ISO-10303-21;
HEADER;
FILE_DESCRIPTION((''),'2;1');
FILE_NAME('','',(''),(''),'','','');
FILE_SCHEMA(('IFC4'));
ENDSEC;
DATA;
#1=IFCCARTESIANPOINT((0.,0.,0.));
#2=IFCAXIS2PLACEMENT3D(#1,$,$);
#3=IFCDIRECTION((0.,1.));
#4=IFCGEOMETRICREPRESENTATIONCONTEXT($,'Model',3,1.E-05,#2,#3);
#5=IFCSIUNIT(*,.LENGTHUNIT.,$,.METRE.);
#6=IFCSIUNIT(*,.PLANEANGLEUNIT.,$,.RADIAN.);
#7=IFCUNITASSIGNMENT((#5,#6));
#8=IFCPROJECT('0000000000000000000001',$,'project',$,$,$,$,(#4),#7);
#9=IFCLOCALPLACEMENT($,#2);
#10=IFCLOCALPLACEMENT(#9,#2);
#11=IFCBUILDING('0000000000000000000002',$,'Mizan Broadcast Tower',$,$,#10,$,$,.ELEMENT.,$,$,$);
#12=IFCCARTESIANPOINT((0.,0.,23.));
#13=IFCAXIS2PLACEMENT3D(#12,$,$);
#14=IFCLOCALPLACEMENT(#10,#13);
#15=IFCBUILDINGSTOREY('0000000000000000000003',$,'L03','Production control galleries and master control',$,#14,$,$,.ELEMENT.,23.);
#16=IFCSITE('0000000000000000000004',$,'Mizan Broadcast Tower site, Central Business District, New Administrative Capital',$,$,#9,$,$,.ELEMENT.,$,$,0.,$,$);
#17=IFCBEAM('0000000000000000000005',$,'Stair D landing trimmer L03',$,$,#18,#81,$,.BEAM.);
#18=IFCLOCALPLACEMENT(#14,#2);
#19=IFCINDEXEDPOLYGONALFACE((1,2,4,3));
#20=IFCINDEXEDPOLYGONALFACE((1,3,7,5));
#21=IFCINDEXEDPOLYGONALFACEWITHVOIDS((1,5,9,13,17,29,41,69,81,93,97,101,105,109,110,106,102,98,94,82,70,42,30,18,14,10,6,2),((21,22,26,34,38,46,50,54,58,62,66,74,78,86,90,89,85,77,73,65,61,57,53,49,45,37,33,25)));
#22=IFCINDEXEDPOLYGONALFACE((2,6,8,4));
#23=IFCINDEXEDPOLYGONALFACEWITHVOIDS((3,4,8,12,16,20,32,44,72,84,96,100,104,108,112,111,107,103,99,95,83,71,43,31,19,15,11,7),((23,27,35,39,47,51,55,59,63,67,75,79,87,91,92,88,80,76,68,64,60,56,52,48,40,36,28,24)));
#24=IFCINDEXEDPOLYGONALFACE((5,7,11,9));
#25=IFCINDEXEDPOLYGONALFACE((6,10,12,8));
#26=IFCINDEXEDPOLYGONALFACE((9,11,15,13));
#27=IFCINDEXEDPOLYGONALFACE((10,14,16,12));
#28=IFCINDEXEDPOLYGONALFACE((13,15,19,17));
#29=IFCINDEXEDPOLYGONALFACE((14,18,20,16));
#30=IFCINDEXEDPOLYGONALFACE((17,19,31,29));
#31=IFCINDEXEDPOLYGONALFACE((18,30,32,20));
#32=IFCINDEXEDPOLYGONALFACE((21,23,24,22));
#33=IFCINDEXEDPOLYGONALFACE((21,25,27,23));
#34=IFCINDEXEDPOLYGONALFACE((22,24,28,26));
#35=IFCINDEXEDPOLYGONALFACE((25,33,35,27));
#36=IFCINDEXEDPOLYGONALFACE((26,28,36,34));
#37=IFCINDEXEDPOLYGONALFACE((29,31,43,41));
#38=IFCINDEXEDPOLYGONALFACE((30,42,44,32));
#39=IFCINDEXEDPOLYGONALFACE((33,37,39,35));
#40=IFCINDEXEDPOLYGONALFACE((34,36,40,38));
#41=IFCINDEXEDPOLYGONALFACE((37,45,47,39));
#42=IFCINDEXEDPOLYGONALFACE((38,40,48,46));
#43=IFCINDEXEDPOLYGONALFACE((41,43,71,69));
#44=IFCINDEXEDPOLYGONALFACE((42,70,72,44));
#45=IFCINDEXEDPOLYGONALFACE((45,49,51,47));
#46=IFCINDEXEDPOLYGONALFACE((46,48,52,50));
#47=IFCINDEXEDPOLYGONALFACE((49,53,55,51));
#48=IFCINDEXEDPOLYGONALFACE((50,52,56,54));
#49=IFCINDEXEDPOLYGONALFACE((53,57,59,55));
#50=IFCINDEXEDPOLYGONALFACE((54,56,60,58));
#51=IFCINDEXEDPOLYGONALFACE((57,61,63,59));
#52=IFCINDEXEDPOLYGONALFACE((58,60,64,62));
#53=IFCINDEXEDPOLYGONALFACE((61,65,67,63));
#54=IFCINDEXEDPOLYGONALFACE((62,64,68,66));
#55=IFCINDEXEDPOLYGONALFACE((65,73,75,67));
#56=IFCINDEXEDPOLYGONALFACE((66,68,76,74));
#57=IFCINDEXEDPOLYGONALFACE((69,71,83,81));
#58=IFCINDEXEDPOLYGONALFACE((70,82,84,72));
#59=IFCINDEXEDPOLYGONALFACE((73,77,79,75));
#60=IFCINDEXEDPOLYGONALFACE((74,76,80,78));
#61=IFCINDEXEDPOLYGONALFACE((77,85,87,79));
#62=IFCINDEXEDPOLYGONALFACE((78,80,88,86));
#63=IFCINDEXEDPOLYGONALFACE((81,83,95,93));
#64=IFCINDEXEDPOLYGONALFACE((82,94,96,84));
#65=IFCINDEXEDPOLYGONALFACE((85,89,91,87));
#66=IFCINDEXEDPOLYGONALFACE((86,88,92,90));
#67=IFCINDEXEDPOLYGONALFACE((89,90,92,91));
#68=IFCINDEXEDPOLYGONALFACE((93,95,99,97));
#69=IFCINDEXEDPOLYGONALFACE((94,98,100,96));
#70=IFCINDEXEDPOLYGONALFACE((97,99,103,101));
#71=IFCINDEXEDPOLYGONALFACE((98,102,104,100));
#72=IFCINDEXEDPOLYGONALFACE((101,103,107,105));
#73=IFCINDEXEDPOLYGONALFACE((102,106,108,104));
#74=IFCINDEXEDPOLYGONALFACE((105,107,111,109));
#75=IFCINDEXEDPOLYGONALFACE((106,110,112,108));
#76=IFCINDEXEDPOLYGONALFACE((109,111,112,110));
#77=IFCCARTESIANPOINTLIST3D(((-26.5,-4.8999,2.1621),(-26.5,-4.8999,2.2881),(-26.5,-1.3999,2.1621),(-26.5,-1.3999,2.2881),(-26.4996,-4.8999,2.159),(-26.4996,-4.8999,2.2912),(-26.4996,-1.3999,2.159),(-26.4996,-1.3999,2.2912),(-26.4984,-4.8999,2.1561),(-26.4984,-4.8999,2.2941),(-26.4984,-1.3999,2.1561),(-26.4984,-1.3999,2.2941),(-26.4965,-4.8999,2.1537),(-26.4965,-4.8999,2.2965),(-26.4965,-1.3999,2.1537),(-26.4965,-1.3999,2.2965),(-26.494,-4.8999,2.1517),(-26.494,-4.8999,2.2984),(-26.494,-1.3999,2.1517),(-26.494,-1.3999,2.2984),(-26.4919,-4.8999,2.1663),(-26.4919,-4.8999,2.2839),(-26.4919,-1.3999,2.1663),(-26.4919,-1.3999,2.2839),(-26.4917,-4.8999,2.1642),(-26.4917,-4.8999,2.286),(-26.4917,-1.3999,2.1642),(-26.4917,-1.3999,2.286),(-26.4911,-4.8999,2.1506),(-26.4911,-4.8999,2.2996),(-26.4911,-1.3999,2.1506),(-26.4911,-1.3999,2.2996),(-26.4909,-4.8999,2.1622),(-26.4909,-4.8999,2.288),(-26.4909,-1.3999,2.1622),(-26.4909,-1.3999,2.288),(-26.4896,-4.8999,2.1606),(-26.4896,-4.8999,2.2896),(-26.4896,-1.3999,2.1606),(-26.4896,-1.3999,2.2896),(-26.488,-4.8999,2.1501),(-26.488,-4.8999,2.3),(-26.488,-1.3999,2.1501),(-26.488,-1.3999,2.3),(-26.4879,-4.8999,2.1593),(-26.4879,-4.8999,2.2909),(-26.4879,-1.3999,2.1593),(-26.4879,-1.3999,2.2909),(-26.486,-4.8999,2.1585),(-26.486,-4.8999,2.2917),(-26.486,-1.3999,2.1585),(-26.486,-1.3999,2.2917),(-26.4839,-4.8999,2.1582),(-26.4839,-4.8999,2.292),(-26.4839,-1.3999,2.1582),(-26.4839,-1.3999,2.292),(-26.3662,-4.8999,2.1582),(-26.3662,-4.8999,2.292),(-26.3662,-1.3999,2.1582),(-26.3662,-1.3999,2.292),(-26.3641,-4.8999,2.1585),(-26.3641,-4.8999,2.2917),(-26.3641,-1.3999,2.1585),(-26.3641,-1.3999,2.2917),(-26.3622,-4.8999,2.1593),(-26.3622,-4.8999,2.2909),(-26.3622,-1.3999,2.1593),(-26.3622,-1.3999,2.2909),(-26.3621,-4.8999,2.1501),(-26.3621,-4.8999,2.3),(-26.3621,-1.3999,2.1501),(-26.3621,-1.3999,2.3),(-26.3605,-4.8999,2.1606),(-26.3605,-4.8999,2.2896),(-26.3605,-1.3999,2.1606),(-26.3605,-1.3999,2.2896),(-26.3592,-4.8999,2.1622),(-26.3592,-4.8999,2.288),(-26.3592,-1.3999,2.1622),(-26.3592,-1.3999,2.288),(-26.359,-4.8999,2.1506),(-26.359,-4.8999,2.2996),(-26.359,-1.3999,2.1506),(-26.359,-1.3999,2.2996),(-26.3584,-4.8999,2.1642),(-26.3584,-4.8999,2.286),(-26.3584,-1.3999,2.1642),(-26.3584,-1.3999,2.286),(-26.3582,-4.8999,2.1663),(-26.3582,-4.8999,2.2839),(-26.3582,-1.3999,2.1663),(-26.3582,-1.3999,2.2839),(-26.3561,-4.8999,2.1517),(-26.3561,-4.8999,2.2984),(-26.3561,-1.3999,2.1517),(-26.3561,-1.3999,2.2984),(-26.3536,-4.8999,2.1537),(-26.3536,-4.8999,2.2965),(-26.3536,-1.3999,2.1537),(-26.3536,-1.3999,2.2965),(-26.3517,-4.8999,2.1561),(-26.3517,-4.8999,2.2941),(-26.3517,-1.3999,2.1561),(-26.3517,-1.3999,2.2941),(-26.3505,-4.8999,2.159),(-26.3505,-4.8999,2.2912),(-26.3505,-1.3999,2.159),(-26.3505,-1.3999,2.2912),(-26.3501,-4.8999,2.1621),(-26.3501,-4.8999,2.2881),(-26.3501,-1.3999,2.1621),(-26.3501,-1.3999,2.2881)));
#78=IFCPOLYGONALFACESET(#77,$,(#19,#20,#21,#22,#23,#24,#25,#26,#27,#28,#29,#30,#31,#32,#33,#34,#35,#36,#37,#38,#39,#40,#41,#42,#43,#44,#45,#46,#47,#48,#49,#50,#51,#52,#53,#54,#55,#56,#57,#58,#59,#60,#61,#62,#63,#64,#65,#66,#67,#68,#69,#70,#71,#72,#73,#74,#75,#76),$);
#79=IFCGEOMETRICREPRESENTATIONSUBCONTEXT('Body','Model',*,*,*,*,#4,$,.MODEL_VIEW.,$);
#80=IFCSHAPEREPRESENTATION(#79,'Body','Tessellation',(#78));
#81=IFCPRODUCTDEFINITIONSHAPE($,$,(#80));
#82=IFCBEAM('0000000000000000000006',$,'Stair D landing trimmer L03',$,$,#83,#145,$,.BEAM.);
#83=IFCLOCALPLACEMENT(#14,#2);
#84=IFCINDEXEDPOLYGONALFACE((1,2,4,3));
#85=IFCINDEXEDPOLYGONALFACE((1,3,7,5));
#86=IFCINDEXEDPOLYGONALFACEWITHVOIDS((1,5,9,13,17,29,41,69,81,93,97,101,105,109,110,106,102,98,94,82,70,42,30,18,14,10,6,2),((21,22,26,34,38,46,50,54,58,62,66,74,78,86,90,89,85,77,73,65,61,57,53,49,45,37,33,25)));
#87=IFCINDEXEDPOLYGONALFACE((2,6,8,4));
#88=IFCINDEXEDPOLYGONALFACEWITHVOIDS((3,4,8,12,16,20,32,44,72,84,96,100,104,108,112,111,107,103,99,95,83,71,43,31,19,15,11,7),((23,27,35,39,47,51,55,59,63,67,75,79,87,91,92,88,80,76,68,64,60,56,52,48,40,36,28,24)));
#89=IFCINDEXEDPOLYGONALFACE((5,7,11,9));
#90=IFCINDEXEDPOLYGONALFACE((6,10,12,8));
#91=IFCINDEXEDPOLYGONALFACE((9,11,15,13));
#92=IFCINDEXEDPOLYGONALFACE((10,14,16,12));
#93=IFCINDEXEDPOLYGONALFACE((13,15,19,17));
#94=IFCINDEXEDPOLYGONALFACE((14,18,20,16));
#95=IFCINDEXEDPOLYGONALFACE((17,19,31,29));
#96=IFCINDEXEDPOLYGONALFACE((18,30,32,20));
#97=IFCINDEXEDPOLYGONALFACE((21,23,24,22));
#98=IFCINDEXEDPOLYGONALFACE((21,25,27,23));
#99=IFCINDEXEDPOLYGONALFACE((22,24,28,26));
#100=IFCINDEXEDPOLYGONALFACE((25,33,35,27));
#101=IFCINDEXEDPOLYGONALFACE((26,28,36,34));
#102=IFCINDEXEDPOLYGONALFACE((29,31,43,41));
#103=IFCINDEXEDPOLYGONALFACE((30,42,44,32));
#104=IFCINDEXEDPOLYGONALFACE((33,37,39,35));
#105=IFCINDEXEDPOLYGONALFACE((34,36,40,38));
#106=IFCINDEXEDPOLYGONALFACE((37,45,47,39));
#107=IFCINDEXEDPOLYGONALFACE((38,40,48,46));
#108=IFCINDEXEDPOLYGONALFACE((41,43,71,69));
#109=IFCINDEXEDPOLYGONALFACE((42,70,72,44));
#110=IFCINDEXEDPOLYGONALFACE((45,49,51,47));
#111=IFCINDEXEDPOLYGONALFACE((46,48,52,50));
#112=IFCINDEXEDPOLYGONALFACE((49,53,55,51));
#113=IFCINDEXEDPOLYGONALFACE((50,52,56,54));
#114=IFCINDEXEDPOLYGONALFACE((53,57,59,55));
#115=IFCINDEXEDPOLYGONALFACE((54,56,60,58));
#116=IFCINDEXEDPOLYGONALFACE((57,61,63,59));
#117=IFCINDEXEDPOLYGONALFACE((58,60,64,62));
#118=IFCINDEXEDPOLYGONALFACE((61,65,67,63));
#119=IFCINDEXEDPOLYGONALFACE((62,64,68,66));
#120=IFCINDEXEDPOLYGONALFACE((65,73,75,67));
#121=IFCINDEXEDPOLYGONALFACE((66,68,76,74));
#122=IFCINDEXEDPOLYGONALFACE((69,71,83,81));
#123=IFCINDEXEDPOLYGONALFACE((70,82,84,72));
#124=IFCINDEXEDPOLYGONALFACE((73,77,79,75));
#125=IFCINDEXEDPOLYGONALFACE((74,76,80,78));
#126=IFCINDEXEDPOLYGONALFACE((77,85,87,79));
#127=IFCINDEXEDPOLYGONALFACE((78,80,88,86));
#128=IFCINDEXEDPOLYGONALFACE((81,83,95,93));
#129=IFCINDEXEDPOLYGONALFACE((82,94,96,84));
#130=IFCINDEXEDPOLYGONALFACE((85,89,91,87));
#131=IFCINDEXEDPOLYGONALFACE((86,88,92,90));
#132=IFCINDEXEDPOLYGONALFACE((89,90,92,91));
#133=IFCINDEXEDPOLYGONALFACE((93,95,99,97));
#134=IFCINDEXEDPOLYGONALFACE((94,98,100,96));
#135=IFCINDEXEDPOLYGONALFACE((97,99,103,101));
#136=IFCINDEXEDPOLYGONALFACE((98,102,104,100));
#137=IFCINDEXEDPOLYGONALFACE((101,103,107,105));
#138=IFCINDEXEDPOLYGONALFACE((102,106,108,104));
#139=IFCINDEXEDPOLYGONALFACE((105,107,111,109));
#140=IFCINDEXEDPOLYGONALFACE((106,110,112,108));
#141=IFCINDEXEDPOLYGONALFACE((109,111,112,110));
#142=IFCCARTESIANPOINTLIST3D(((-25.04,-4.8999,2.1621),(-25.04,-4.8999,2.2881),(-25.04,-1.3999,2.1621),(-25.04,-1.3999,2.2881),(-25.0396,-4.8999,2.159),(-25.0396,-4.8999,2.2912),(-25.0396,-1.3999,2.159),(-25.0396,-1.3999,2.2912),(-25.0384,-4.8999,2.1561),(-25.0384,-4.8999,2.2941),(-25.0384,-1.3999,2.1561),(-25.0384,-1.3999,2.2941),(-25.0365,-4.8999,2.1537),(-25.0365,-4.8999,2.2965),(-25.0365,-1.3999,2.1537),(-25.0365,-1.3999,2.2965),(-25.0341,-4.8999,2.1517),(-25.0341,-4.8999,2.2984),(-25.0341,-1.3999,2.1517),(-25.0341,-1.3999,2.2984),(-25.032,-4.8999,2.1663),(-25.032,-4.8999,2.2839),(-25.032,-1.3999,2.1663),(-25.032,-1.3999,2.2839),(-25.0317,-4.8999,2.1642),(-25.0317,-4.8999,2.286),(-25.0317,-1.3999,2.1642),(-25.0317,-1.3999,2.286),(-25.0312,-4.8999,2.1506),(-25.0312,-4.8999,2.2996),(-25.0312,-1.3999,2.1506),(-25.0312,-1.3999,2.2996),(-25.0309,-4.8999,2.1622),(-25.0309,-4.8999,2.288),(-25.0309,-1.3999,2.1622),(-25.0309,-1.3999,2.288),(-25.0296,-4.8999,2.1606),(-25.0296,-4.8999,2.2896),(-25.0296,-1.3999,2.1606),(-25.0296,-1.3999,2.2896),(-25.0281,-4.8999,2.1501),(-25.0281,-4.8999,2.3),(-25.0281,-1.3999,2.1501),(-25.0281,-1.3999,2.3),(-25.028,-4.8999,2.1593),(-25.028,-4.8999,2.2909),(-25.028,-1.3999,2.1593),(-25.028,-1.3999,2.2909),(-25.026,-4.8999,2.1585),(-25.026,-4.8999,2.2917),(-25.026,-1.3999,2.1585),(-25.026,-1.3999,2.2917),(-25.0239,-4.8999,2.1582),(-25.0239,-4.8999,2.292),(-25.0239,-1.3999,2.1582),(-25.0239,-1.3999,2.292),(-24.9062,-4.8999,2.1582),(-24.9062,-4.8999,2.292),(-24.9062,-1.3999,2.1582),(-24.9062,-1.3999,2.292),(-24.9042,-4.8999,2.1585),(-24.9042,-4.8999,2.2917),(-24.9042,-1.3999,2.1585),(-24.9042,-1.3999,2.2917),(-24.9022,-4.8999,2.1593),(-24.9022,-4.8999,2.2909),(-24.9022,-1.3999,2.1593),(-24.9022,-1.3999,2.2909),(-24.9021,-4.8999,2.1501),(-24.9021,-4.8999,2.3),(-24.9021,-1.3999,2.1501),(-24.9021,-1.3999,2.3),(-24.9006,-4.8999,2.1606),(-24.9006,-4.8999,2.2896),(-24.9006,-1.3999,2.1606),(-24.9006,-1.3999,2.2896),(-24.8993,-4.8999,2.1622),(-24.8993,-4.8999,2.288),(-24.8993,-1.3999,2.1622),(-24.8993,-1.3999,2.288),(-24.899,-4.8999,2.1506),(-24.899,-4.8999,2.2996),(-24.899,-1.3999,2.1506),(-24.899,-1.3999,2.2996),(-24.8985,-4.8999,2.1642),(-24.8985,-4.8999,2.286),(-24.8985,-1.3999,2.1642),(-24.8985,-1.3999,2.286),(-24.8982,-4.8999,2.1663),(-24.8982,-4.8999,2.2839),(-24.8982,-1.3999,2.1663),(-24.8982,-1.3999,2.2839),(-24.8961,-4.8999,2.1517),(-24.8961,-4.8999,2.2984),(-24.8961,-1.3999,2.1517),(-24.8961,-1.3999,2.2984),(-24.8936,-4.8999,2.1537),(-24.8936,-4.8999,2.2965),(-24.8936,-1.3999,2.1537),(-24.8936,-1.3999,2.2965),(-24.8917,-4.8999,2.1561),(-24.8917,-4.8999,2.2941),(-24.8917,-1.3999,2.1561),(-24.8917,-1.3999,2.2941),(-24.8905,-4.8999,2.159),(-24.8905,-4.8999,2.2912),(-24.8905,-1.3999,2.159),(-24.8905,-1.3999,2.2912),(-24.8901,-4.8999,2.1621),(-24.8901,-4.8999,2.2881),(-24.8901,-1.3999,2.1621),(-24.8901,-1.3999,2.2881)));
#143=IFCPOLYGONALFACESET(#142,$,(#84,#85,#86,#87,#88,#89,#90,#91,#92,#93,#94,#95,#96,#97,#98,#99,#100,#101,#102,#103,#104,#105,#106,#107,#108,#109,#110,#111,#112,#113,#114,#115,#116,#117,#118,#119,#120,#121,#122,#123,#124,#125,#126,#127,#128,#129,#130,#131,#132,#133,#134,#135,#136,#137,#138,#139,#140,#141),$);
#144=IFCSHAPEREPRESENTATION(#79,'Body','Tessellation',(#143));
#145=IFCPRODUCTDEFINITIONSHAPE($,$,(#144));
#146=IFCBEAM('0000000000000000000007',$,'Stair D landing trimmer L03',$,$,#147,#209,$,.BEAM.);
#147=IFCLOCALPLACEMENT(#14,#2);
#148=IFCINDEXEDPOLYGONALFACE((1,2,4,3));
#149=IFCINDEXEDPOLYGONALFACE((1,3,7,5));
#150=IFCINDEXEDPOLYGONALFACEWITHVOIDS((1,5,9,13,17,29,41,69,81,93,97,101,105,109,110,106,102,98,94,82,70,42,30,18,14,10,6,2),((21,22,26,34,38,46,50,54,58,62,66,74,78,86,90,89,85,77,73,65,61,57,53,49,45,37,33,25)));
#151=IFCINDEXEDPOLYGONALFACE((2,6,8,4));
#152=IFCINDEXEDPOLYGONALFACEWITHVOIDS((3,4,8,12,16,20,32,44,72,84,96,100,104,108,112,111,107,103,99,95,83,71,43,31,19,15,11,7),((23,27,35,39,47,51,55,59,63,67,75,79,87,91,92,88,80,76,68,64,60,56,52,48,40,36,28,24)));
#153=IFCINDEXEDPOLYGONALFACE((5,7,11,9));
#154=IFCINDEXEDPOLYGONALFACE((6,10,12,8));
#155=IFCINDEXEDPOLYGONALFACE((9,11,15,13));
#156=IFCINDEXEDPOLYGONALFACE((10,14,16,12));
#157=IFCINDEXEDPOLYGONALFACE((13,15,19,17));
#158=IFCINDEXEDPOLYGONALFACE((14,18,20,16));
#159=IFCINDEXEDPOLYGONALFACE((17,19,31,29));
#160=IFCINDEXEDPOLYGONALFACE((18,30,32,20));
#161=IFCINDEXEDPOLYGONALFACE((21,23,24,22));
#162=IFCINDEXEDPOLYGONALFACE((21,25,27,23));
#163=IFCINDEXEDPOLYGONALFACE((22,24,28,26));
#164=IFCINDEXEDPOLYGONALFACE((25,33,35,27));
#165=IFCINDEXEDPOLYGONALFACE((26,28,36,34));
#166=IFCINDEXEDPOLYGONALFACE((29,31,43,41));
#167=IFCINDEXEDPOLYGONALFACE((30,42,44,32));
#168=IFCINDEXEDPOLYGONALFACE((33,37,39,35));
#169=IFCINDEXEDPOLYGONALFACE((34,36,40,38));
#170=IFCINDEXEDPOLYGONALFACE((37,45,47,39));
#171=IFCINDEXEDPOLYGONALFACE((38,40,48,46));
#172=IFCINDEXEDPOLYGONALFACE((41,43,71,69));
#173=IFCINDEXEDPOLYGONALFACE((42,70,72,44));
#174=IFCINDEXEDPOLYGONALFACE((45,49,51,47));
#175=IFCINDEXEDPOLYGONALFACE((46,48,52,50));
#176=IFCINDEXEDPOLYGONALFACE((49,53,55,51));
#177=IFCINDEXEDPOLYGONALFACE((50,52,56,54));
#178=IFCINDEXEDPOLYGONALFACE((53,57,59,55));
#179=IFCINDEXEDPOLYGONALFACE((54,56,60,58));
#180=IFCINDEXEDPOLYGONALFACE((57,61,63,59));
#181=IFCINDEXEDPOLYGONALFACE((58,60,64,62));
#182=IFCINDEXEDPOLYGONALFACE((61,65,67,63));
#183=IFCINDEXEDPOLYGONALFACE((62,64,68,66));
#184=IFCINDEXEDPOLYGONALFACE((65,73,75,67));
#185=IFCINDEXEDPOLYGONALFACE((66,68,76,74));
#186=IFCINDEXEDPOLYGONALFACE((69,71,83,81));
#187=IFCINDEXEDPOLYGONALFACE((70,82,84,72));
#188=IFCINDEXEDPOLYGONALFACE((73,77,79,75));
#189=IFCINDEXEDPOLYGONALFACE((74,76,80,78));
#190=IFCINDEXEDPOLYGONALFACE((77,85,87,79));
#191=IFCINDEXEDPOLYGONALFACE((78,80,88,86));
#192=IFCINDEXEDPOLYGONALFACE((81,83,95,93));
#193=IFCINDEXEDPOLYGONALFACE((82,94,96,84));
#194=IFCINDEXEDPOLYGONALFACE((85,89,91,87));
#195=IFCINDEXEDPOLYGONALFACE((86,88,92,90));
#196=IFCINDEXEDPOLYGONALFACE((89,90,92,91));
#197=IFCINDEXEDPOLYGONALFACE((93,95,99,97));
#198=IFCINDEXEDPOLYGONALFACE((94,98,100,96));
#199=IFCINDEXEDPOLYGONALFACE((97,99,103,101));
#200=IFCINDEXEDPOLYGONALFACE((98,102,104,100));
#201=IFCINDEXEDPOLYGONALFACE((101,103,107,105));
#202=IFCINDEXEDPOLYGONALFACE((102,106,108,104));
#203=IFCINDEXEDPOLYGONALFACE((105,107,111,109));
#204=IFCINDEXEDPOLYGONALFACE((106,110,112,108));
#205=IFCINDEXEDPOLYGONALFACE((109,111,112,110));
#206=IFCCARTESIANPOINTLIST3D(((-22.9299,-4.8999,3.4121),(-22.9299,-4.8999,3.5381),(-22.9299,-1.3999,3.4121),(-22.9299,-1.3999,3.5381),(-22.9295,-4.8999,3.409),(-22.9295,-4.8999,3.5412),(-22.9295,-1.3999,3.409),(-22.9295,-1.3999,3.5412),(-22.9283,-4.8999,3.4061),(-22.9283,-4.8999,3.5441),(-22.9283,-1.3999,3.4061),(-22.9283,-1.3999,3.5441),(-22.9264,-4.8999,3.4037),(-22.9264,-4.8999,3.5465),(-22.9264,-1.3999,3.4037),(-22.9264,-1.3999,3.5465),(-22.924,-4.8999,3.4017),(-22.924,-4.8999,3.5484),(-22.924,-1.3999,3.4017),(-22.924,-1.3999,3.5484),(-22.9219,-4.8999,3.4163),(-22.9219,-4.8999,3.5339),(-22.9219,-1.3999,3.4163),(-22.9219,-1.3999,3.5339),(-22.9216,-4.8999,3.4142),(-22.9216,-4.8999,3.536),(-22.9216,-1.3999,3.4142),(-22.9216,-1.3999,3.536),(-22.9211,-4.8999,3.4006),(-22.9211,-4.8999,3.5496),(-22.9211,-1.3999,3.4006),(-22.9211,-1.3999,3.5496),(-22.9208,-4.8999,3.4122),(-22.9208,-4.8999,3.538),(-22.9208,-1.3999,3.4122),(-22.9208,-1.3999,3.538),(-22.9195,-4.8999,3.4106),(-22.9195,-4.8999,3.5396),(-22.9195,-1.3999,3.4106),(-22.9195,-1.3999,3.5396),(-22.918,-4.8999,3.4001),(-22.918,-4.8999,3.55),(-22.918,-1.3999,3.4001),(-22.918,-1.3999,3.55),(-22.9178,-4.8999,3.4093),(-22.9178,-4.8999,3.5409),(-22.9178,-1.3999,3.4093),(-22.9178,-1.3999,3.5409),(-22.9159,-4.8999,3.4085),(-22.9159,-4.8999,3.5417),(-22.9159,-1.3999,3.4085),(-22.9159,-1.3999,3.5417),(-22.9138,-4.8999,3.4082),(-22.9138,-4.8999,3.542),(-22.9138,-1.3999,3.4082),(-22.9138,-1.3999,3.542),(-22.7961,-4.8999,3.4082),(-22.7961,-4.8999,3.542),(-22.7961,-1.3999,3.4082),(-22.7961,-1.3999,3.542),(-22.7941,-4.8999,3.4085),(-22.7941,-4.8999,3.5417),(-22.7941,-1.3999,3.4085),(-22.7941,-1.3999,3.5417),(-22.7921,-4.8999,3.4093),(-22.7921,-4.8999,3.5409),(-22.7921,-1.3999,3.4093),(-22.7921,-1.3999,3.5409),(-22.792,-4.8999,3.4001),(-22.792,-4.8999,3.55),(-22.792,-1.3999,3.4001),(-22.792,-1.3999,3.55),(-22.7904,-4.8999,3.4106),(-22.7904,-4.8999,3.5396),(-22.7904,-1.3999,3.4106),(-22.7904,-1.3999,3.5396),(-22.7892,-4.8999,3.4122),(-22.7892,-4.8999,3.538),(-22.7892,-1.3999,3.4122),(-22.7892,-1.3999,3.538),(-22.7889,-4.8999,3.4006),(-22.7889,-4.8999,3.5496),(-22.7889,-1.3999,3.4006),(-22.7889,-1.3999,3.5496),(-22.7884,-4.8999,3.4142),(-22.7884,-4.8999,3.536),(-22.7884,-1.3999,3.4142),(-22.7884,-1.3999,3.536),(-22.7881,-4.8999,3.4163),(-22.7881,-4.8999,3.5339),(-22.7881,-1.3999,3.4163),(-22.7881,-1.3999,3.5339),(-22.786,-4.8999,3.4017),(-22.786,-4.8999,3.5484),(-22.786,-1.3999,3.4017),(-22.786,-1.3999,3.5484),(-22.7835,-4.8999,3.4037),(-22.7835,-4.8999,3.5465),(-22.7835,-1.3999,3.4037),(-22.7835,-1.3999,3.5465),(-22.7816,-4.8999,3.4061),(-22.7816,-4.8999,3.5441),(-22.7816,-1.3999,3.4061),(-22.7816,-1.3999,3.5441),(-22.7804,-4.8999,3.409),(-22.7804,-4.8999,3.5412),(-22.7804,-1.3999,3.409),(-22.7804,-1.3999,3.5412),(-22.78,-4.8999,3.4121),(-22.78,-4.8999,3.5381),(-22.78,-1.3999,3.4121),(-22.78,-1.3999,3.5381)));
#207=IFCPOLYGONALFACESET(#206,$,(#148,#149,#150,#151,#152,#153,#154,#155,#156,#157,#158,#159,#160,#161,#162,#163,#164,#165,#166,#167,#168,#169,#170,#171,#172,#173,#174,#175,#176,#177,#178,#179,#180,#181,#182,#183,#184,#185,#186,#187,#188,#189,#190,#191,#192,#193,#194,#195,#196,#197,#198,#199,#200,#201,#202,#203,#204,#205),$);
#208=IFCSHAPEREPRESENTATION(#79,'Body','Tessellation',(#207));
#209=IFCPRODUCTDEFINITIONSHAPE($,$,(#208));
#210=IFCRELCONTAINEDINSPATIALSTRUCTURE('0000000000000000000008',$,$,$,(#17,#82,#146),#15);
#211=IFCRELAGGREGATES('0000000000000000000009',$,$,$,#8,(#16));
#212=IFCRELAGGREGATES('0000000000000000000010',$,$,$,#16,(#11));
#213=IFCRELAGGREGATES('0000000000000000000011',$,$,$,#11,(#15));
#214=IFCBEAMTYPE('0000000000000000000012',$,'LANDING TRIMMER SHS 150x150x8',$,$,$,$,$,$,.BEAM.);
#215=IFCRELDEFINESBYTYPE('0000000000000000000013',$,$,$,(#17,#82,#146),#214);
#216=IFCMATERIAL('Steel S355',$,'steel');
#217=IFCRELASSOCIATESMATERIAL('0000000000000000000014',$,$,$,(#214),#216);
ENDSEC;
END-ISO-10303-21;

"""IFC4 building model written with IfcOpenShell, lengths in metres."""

from ifc_helpers import new_model, si_unit, direction, frame, origin, origin_2d, place, context, subcontext, project, spatial, hollow_rectangle, extrude, material, material_profile, profile_set, type_object, element, save


model = new_model("IFC4")

# Units and contexts
model_context = context("Model", 3, precision=1e-05, world=origin(), true_north=direction((0.0, 1.0)))
body_context = subcontext(model_context, "Body", "Model", "MODEL_VIEW")
ifc_project = project(units=[si_unit("LENGTHUNIT", "METRE"), si_unit("PLANEANGLEUNIT", "RADIAN")], contexts=[model_context])

# Site, building, storey
site_placement = place(None, origin())
site = spatial("IfcSite", under=ifc_project, at=site_placement, Name="Mizan Broadcast Tower site, Central Business District, New Administrative Capital", CompositionType="ELEMENT", RefElevation=0.0)
building_placement = place(site_placement, origin())
building = spatial("IfcBuilding", under=site, at=building_placement, Name="Mizan Broadcast Tower", CompositionType="ELEMENT")
storey_placement = place(building_placement, frame((0.0, 0.0, 23.0)))
storey = spatial("IfcBuildingStorey", under=building, at=storey_placement, Name="L03", Description="Production control galleries and master control", CompositionType="ELEMENT", Elevation=23.0)

# Beams
ifc_material_1 = material(Name="Steel S355", Category="steel")
ifc_material_profile_1 = material_profile(ifc_material_1, hollow_rectangle(XDim=0.1499, YDim=0.1499, WallThickness=0.0081, InnerFilletRadius=0.0081, OuterFilletRadius=0.012, at=origin_2d()), Name="SHS 150x150x8")
ifc_profile_set_1 = profile_set([ifc_material_profile_1], Name="Steel S355")
beam_type_1 = type_object("IfcBeamType", Name="LANDING TRIMMER SHS 150x150x8", PredefinedType="BEAM", material=ifc_profile_set_1)
for number, where, z_axis, x_axis, name in (
    (1, (-26.425, -1.3999, 2.2251), (0.0, -1.0, 0.0), (1.0, 0.0, 0.0), "Stair D landing trimmer L03"),
    (2, (-24.9651, -1.3999, 2.2251), (0.0, -1.0, 0.0), (1.0, 0.0, 0.0), "Stair D landing trimmer L03"),
    (3, (-22.855, -1.3999, 3.4751), (0.0, -1.0, 0.0), (1.0, 0.0, 0.0), "Stair D landing trimmer L03"),
):
    element("IfcBeam", number, at=place(storey_placement, frame(where, z_axis=z_axis, x_axis=x_axis)), inside=storey, type_object=beam_type_1, Name=name, PredefinedType="BEAM", context=body_context, shape_type="SweptSolid", body=[
        extrude(hollow_rectangle(XDim=0.1499, YDim=0.1499, WallThickness=0.0081, InnerFilletRadius=0.0081, OuterFilletRadius=0.012, at=origin_2d()), origin(), (0.0, 0.0, 1.0), 3.5),
    ])

save(model, "model.ifc")
